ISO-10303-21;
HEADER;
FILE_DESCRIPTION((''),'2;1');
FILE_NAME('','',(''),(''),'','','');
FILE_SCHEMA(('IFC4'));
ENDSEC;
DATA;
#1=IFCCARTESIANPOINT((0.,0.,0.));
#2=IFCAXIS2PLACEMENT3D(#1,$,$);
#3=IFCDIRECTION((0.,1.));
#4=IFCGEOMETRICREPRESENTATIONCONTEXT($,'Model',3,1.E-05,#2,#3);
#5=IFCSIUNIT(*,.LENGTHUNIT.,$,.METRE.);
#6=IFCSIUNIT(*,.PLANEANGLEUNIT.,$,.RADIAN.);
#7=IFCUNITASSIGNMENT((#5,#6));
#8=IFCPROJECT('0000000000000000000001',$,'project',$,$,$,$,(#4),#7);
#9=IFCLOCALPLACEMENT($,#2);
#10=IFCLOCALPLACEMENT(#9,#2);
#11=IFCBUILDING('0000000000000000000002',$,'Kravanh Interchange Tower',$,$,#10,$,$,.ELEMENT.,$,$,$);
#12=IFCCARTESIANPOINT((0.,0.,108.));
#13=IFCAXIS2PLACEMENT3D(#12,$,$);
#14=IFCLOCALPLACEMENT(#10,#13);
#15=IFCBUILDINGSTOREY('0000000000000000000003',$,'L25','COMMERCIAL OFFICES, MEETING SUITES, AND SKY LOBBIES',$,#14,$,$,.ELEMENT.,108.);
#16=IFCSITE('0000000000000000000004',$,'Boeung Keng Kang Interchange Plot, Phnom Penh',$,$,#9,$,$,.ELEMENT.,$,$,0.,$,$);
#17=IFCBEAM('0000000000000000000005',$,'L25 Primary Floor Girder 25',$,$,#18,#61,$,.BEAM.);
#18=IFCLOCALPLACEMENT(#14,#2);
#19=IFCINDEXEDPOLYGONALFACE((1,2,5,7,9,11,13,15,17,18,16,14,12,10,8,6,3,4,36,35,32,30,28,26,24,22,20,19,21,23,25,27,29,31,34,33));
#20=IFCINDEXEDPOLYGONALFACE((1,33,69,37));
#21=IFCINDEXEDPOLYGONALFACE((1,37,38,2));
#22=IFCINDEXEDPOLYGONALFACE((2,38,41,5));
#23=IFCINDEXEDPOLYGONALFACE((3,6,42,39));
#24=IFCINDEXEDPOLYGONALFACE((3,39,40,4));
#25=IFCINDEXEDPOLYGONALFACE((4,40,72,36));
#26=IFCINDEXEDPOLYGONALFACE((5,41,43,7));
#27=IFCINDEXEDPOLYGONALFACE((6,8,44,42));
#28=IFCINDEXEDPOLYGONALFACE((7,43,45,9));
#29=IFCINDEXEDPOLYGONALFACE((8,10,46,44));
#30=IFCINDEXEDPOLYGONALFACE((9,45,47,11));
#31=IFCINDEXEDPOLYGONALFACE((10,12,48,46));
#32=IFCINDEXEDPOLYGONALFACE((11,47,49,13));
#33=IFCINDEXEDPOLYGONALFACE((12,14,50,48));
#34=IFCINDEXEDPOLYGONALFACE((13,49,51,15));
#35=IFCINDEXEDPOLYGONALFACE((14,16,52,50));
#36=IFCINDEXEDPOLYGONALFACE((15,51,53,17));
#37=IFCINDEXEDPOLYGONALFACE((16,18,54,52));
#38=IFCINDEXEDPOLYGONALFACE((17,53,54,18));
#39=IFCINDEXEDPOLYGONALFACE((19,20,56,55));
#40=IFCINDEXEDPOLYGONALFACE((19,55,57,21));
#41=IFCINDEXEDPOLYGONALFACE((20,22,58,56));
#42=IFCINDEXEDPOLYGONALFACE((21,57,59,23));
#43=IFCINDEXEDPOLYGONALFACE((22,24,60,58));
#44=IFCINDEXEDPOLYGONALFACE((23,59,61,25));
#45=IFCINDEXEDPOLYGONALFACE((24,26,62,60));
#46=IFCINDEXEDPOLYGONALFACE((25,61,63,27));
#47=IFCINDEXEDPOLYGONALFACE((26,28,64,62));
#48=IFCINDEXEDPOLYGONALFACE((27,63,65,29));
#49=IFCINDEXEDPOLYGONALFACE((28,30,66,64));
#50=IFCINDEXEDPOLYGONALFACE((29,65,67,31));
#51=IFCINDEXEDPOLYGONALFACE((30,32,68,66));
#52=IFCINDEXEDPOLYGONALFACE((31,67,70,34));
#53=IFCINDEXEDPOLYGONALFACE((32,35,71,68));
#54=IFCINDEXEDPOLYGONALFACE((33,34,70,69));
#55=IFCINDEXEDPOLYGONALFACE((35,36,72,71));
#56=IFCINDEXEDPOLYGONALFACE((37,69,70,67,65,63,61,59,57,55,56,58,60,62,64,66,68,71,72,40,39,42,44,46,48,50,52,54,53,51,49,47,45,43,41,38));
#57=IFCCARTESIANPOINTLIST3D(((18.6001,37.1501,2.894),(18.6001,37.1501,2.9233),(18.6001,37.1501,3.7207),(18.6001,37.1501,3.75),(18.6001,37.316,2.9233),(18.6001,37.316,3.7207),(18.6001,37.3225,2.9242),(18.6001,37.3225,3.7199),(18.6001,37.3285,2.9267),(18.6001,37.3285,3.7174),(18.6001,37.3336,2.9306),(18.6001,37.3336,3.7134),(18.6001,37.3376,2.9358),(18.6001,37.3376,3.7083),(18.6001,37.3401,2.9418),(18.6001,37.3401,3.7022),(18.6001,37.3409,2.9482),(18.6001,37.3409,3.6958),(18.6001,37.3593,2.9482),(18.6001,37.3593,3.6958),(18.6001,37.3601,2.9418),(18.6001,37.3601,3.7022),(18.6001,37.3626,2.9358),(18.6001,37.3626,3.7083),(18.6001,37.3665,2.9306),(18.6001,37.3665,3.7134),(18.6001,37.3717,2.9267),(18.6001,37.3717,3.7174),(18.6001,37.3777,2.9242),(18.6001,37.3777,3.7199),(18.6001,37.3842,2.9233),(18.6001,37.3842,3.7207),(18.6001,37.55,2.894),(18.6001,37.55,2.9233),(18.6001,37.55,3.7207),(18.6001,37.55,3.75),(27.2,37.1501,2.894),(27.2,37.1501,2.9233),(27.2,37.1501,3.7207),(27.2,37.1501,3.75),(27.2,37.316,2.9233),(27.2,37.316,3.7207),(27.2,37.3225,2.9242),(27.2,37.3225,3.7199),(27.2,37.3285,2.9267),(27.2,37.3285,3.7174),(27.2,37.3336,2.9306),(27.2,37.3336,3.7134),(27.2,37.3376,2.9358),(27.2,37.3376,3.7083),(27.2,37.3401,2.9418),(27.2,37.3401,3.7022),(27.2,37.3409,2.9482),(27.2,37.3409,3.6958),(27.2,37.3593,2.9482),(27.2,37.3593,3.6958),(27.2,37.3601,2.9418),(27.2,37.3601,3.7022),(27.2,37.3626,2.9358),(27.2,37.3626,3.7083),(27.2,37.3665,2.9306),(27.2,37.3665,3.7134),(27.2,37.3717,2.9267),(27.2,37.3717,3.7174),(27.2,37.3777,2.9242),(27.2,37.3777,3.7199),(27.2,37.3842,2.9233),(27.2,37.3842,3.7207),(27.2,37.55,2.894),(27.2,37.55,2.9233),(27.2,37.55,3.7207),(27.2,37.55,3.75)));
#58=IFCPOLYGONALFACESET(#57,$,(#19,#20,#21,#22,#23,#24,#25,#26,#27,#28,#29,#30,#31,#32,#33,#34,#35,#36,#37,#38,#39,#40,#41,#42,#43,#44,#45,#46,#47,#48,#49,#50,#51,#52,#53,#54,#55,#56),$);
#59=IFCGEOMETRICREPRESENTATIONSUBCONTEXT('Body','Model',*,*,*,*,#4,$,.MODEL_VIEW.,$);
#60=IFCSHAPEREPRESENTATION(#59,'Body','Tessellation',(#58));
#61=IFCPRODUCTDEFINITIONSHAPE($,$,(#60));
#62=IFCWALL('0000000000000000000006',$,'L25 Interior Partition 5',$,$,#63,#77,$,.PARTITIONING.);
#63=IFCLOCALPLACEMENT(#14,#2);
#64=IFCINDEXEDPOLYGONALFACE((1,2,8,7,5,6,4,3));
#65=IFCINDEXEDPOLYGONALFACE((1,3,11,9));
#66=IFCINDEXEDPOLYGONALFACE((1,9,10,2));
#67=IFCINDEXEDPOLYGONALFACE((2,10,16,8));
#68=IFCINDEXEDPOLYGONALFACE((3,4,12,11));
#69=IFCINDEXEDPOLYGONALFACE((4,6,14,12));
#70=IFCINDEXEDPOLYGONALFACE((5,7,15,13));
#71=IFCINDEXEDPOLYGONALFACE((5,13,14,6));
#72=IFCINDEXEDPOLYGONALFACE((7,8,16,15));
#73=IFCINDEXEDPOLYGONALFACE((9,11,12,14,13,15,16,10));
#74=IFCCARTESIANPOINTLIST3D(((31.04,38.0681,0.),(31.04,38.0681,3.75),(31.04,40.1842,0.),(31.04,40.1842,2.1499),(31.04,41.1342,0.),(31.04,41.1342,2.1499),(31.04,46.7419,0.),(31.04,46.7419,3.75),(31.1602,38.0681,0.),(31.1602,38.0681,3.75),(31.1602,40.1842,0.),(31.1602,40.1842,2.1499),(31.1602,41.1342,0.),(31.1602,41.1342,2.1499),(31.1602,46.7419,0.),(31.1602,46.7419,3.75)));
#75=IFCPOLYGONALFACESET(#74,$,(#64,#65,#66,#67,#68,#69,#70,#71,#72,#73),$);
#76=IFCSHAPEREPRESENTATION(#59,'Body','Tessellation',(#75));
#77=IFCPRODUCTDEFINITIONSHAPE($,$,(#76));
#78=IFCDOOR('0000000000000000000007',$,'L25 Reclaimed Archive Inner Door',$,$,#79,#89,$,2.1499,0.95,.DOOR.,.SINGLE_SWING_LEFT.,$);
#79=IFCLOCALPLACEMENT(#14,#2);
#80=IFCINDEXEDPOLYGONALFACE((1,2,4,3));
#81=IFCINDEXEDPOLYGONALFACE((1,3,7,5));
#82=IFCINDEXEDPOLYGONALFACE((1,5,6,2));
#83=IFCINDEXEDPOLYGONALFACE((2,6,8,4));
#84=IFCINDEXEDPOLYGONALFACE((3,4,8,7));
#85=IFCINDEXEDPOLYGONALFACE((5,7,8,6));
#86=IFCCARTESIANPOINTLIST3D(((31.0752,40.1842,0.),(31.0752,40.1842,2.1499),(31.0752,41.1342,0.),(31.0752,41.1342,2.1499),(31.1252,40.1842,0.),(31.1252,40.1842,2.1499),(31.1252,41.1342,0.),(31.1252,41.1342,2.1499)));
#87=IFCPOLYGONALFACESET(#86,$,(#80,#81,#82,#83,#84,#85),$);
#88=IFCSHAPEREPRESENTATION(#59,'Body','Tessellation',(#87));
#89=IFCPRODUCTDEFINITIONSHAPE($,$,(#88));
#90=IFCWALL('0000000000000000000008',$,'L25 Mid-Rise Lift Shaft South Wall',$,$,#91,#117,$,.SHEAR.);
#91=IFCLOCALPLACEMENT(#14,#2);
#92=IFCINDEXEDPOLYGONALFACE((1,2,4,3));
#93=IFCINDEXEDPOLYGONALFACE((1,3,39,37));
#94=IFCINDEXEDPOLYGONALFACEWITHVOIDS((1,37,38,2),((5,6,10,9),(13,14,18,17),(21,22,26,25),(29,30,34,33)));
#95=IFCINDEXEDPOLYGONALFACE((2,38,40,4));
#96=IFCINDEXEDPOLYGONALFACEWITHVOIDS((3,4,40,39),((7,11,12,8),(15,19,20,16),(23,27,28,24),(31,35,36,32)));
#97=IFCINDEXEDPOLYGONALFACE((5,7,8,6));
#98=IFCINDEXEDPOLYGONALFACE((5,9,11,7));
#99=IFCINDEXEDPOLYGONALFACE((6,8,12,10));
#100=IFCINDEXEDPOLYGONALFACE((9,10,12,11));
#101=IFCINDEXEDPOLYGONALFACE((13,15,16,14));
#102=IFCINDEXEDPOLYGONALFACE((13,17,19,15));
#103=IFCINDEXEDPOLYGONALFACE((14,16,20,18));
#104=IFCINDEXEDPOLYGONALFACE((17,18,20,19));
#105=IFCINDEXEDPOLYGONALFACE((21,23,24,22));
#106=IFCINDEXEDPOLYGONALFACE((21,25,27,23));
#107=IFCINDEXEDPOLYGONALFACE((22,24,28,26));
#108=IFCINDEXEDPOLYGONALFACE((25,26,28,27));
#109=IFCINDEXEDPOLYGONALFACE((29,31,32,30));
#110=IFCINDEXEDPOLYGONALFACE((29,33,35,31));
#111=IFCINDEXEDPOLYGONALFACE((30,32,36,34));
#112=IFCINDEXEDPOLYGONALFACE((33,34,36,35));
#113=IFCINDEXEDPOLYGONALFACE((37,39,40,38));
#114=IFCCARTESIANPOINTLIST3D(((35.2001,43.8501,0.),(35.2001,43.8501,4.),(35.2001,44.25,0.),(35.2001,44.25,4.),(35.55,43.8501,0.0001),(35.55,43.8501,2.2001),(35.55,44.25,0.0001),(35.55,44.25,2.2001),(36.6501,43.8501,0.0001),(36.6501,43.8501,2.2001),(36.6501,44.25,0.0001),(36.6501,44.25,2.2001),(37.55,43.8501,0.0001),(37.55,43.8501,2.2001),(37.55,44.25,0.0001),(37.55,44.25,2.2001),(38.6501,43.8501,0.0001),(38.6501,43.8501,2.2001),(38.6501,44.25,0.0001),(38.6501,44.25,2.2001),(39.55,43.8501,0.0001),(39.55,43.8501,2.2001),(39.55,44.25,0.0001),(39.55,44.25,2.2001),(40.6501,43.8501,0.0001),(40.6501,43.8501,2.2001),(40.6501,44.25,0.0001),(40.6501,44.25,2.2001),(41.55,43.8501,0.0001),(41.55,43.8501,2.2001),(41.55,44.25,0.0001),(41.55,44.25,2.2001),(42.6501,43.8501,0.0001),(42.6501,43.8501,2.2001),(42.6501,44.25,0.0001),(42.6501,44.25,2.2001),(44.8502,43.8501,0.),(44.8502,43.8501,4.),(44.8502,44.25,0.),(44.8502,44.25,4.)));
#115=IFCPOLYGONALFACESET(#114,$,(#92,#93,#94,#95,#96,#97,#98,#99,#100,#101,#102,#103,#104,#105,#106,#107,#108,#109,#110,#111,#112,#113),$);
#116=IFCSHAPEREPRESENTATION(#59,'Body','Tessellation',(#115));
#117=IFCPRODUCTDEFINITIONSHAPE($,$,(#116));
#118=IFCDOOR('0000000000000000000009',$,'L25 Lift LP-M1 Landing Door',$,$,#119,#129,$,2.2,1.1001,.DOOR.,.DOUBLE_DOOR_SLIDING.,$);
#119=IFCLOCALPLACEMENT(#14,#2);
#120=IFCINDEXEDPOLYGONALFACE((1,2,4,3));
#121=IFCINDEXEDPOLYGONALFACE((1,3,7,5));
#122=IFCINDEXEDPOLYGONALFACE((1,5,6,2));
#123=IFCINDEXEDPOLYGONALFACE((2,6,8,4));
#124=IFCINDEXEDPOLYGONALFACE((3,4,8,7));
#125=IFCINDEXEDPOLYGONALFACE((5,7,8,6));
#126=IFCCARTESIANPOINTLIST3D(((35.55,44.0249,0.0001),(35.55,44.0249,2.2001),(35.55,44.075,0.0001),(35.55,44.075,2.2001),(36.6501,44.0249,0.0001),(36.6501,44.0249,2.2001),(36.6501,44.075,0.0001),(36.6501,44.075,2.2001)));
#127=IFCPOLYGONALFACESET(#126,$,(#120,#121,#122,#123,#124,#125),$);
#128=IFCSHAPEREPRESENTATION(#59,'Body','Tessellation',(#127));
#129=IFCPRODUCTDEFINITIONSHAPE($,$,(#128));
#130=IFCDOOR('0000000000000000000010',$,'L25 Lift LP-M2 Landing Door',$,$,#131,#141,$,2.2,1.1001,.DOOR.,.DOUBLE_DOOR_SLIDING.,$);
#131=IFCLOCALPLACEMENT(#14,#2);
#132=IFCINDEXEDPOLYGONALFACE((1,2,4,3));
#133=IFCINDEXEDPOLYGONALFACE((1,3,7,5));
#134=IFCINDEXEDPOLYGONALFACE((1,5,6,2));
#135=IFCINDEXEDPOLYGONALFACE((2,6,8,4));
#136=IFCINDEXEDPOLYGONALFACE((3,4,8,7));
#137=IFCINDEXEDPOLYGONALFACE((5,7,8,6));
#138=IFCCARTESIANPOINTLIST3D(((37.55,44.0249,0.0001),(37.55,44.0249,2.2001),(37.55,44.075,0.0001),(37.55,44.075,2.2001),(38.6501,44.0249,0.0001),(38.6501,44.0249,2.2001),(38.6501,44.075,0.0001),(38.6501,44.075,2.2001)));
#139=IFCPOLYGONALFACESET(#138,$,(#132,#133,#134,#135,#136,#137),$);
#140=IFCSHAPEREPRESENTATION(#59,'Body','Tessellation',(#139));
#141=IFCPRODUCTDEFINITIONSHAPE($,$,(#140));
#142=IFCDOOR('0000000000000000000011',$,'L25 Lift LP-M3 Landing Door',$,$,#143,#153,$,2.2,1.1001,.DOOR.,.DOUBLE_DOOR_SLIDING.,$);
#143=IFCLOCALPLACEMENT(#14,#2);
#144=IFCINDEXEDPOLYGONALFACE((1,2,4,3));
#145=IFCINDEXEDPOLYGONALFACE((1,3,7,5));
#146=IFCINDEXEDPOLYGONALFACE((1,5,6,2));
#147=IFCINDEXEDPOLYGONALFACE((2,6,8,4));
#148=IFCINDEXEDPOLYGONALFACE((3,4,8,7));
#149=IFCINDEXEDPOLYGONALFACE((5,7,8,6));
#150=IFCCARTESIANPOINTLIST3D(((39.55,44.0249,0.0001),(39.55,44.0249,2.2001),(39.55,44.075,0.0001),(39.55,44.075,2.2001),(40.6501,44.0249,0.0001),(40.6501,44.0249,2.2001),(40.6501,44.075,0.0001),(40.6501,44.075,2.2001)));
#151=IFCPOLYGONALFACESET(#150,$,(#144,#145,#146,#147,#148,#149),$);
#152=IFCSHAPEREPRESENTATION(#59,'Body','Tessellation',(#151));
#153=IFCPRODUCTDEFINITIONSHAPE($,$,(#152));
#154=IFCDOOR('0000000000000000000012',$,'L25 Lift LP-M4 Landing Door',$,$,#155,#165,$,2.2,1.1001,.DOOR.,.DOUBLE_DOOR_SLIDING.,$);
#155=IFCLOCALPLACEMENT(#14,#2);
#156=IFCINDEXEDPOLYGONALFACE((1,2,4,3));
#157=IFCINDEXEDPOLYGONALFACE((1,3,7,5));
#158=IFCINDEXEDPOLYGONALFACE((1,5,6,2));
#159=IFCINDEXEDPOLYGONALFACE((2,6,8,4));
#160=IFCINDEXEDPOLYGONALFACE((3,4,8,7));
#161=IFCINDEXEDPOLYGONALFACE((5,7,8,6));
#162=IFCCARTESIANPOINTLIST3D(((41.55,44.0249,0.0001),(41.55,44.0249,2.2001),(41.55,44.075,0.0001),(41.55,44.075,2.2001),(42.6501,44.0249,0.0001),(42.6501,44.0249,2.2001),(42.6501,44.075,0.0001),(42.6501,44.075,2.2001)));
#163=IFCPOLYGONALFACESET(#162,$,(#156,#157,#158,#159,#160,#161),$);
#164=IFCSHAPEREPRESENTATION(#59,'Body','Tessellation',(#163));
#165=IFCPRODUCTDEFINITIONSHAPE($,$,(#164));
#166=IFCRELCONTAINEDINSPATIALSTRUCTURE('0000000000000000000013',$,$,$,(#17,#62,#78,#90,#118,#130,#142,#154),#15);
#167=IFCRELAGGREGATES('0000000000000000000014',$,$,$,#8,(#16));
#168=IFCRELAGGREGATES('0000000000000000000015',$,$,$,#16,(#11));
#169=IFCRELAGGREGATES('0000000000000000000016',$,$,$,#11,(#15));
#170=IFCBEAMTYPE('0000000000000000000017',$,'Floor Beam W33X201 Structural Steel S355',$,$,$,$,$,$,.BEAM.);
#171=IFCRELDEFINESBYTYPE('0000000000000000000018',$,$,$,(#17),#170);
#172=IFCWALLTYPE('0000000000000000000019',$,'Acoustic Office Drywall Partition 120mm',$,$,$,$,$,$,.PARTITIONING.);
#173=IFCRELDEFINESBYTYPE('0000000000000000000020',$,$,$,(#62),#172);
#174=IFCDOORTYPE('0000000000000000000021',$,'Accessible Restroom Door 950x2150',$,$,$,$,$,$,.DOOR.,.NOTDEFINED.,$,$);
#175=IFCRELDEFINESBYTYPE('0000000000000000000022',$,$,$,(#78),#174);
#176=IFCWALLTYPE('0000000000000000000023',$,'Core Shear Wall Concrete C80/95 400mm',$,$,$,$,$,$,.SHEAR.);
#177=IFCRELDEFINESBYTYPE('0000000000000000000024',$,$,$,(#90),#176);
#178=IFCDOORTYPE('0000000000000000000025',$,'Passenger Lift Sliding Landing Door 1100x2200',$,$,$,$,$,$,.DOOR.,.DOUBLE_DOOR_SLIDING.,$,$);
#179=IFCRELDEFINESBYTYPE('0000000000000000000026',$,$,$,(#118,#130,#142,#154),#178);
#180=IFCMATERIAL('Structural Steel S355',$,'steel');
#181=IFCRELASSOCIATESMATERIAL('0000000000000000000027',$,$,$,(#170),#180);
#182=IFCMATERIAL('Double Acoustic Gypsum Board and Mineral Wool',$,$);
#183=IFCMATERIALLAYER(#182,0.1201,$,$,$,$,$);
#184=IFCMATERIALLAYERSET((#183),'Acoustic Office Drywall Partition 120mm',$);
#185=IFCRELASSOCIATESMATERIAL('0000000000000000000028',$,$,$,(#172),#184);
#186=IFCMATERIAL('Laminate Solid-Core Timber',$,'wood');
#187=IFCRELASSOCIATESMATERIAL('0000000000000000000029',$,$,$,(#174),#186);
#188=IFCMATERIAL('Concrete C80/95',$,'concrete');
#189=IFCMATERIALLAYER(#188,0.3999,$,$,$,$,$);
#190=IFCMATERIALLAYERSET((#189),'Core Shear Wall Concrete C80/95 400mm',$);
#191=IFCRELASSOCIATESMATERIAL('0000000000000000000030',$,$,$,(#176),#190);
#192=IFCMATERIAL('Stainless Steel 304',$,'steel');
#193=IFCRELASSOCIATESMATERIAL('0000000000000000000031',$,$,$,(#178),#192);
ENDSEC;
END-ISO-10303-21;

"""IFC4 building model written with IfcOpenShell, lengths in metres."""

from ifc_helpers import new_model, si_unit, direction, frame, frame_2d, origin, origin_2d, place, context, subcontext, project, spatial, rectangle, i_section, extrude, material, layer, layer_set, material_profile, profile_set, type_object, element, fill, save


model = new_model("IFC4")

# Units and contexts
model_context = context("Model", 3, precision=1e-05, world=origin(), true_north=direction((0.0, 1.0)))
body_context = subcontext(model_context, "Body", "Model", "MODEL_VIEW")
ifc_project = project(units=[si_unit("LENGTHUNIT", "METRE"), si_unit("PLANEANGLEUNIT", "RADIAN")], contexts=[model_context])

# Site, building, storey
site_placement = place(None, origin())
site = spatial("IfcSite", under=ifc_project, at=site_placement, Name="Boeung Keng Kang Interchange Plot, Phnom Penh", CompositionType="ELEMENT", RefElevation=0.0)
building_placement = place(site_placement, origin())
building = spatial("IfcBuilding", under=site, at=building_placement, Name="Kravanh Interchange Tower", CompositionType="ELEMENT")
storey_placement = place(building_placement, frame((0.0, 0.0, 108.0)))
storey = spatial("IfcBuildingStorey", under=building, at=storey_placement, Name="L25", Description="COMMERCIAL OFFICES, MEETING SUITES, AND SKY LOBBIES", CompositionType="ELEMENT", Elevation=108.0)

# Beam
ifc_material_1 = material(Name="Structural Steel S355", Category="steel")
ifc_material_profile_1 = material_profile(ifc_material_1, i_section(OverallWidth=0.3999, OverallDepth=0.856, WebThickness=0.0183, FlangeThickness=0.0293, FilletRadius=0.0249, at=origin_2d()), Name="W33X201")
ifc_profile_set_1 = profile_set([ifc_material_profile_1], Name="Structural Steel S355")
beam_type = type_object("IfcBeamType", Name="Floor Beam W33X201 Structural Steel S355", PredefinedType="BEAM", material=ifc_profile_set_1)
beam_1_placement = place(storey_placement, frame((27.2, 37.3501, 3.322), z_axis=(-1.0, 0.0, 0.0), x_axis=(0.0, -1.0, 0.0)))
element("IfcBeam", 1, at=beam_1_placement, inside=storey, type_object=beam_type, Name="L25 Primary Floor Girder 25", PredefinedType="BEAM", context=body_context, shape_type="SweptSolid", body=[
    extrude(i_section(OverallWidth=0.3999, OverallDepth=0.856, WebThickness=0.0183, FlangeThickness=0.0293, FilletRadius=0.0249, at=origin_2d()), origin(), (0.0, 0.0, 1.0), 8.5999),
])

# Wall, opening, door
ifc_material_2 = material(Name="Double Acoustic Gypsum Board and Mineral Wool")
ifc_layer_1 = layer(ifc_material_2, 0.1201)
ifc_layer_set_1 = layer_set([ifc_layer_1], Name="Acoustic Office Drywall Partition 120mm")
wall_type_1 = type_object("IfcWallType", Name="Acoustic Office Drywall Partition 120mm", PredefinedType="PARTITIONING", material=ifc_layer_set_1)
wall_1_placement = place(storey_placement, frame((31.1001, 38.0681, 0.0), z_axis=(0.0, 0.0, 1.0), x_axis=(0.0, 1.0, 0.0)))
wall_1 = element("IfcWall", 2, at=wall_1_placement, inside=storey, type_object=wall_type_1, Name="L25 Interior Partition 5", PredefinedType="PARTITIONING", context=body_context, shape_type="SweptSolid", body=[
    extrude(rectangle(XDim=8.6738, YDim=0.1201, at=frame_2d((4.3369, 0.0))), origin(), (0.0, 0.0, 1.0), 3.75),
])
opening_1_placement = place(wall_1_placement, frame((2.116, 0.0, 0.0)))
opening_1 = element("IfcOpeningElement", 3, at=opening_1_placement, cuts=wall_1, PredefinedType="OPENING", context=body_context, shape_type="SweptSolid", body=[
    extrude(rectangle(XDim=0.95, YDim=2.1499, at=frame_2d((0.4751, 1.075))), frame((0.0, 0.0701, 0.0), z_axis=(0.0, -1.0, 0.0), x_axis=(1.0, 0.0, 0.0)), (0.0, 0.0, 1.0), 0.1401),
])
ifc_material_3 = material(Name="Laminate Solid-Core Timber", Category="wood")
door_type_1 = type_object("IfcDoorType", Name="Accessible Restroom Door 950x2150", OperationType="NOTDEFINED", PredefinedType="DOOR", material=ifc_material_3)
door_1_placement = place(opening_1_placement, origin())
door_1 = element("IfcDoor", 4, at=door_1_placement, inside=storey, type_object=door_type_1, Name="L25 Reclaimed Archive Inner Door", OperationType="SINGLE_SWING_LEFT", OverallHeight=2.1499, OverallWidth=0.95, PredefinedType="DOOR", context=body_context, shape_type="SweptSolid", body=[
    extrude(rectangle(XDim=0.95, YDim=2.1499, at=frame_2d((0.4751, 1.075))), frame((0.0, 0.0249, 0.0), z_axis=(0.0, -1.0, 0.0), x_axis=(1.0, 0.0, 0.0)), (0.0, 0.0, 1.0), 0.05),
])
fill(opening_1, door_1)

# Wall, openings, doors
ifc_material_4 = material(Name="Concrete C80/95", Category="concrete")
ifc_layer_2 = layer(ifc_material_4, 0.3999)
ifc_layer_set_2 = layer_set([ifc_layer_2], Name="Core Shear Wall Concrete C80/95 400mm")
wall_type_2 = type_object("IfcWallType", Name="Core Shear Wall Concrete C80/95 400mm", PredefinedType="SHEAR", material=ifc_layer_set_2)
wall_2_placement = place(storey_placement, frame((35.2, 44.05, 0.0), z_axis=(0.0, 0.0, 1.0), x_axis=(1.0, 0.0, 0.0)))
wall_2 = element("IfcWall", 5, at=wall_2_placement, inside=storey, type_object=wall_type_2, Name="L25 Mid-Rise Lift Shaft South Wall", PredefinedType="SHEAR", context=body_context, shape_type="SweptSolid", body=[
    extrude(rectangle(XDim=9.6501, YDim=0.3999, at=frame_2d((4.8252, 0.0))), origin(), (0.0, 0.0, 1.0), 4.0),
])
opening_2_placement = place(wall_2_placement, frame((0.3501, 0.0, 0.0)))
opening_2 = element("IfcOpeningElement", 6, at=opening_2_placement, cuts=wall_2, PredefinedType="OPENING", context=body_context, shape_type="SweptSolid", body=[
    extrude(rectangle(XDim=1.1001, YDim=2.2, at=frame_2d((0.55, 1.1001))), frame((0.0, 0.21, 0.0), z_axis=(0.0, -1.0, 0.0), x_axis=(1.0, 0.0, 0.0)), (0.0, 0.0, 1.0), 0.4199),
])
opening_3_placement = place(wall_2_placement, frame((2.3501, 0.0, 0.0)))
opening_3 = element("IfcOpeningElement", 7, at=opening_3_placement, cuts=wall_2, PredefinedType="OPENING", context=body_context, shape_type="SweptSolid", body=[
    extrude(rectangle(XDim=1.1001, YDim=2.2, at=frame_2d((0.55, 1.1001))), frame((0.0, 0.21, 0.0), z_axis=(0.0, -1.0, 0.0), x_axis=(1.0, 0.0, 0.0)), (0.0, 0.0, 1.0), 0.4199),
])
opening_4_placement = place(wall_2_placement, frame((4.3501, 0.0, 0.0)))
opening_4 = element("IfcOpeningElement", 8, at=opening_4_placement, cuts=wall_2, PredefinedType="OPENING", context=body_context, shape_type="SweptSolid", body=[
    extrude(rectangle(XDim=1.1001, YDim=2.2, at=frame_2d((0.55, 1.1001))), frame((0.0, 0.21, 0.0), z_axis=(0.0, -1.0, 0.0), x_axis=(1.0, 0.0, 0.0)), (0.0, 0.0, 1.0), 0.4199),
])
opening_5_placement = place(wall_2_placement, frame((6.3501, 0.0, 0.0)))
opening_5 = element("IfcOpeningElement", 9, at=opening_5_placement, cuts=wall_2, PredefinedType="OPENING", context=body_context, shape_type="SweptSolid", body=[
    extrude(rectangle(XDim=1.1001, YDim=2.2, at=frame_2d((0.55, 1.1001))), frame((0.0, 0.21, 0.0), z_axis=(0.0, -1.0, 0.0), x_axis=(1.0, 0.0, 0.0)), (0.0, 0.0, 1.0), 0.4199),
])
ifc_material_5 = material(Name="Stainless Steel 304", Category="steel")
door_type_2 = type_object("IfcDoorType", Name="Passenger Lift Sliding Landing Door 1100x2200", OperationType="DOUBLE_DOOR_SLIDING", PredefinedType="DOOR", material=ifc_material_5)
door_2_placement = place(opening_2_placement, origin())
door_2 = element("IfcDoor", 10, at=door_2_placement, inside=storey, type_object=door_type_2, Name="L25 Lift LP-M1 Landing Door", OperationType="DOUBLE_DOOR_SLIDING", OverallHeight=2.2, OverallWidth=1.1001, PredefinedType="DOOR", context=body_context, shape_type="SweptSolid", body=[
    extrude(rectangle(XDim=1.1001, YDim=2.2, at=frame_2d((0.55, 1.1001))), frame((0.0, 0.0249, 0.0), z_axis=(0.0, -1.0, 0.0), x_axis=(1.0, 0.0, 0.0)), (0.0, 0.0, 1.0), 0.05),
])
fill(opening_2, door_2)
door_3_placement = place(opening_3_placement, origin())
door_3 = element("IfcDoor", 11, at=door_3_placement, inside=storey, type_object=door_type_2, Name="L25 Lift LP-M2 Landing Door", OperationType="DOUBLE_DOOR_SLIDING", OverallHeight=2.2, OverallWidth=1.1001, PredefinedType="DOOR", context=body_context, shape_type="SweptSolid", body=[
    extrude(rectangle(XDim=1.1001, YDim=2.2, at=frame_2d((0.55, 1.1001))), frame((0.0, 0.0249, 0.0), z_axis=(0.0, -1.0, 0.0), x_axis=(1.0, 0.0, 0.0)), (0.0, 0.0, 1.0), 0.05),
])
fill(opening_3, door_3)
door_4_placement = place(opening_4_placement, origin())
door_4 = element("IfcDoor", 12, at=door_4_placement, inside=storey, type_object=door_type_2, Name="L25 Lift LP-M3 Landing Door", OperationType="DOUBLE_DOOR_SLIDING", OverallHeight=2.2, OverallWidth=1.1001, PredefinedType="DOOR", context=body_context, shape_type="SweptSolid", body=[
    extrude(rectangle(XDim=1.1001, YDim=2.2, at=frame_2d((0.55, 1.1001))), frame((0.0, 0.0249, 0.0), z_axis=(0.0, -1.0, 0.0), x_axis=(1.0, 0.0, 0.0)), (0.0, 0.0, 1.0), 0.05),
])
fill(opening_4, door_4)
door_5_placement = place(opening_5_placement, origin())
door_5 = element("IfcDoor", 13, at=door_5_placement, inside=storey, type_object=door_type_2, Name="L25 Lift LP-M4 Landing Door", OperationType="DOUBLE_DOOR_SLIDING", OverallHeight=2.2, OverallWidth=1.1001, PredefinedType="DOOR", context=body_context, shape_type="SweptSolid", body=[
    extrude(rectangle(XDim=1.1001, YDim=2.2, at=frame_2d((0.55, 1.1001))), frame((0.0, 0.0249, 0.0), z_axis=(0.0, -1.0, 0.0), x_axis=(1.0, 0.0, 0.0)), (0.0, 0.0, 1.0), 0.05),
])
fill(opening_5, door_5)

save(model, "model.ifc")
